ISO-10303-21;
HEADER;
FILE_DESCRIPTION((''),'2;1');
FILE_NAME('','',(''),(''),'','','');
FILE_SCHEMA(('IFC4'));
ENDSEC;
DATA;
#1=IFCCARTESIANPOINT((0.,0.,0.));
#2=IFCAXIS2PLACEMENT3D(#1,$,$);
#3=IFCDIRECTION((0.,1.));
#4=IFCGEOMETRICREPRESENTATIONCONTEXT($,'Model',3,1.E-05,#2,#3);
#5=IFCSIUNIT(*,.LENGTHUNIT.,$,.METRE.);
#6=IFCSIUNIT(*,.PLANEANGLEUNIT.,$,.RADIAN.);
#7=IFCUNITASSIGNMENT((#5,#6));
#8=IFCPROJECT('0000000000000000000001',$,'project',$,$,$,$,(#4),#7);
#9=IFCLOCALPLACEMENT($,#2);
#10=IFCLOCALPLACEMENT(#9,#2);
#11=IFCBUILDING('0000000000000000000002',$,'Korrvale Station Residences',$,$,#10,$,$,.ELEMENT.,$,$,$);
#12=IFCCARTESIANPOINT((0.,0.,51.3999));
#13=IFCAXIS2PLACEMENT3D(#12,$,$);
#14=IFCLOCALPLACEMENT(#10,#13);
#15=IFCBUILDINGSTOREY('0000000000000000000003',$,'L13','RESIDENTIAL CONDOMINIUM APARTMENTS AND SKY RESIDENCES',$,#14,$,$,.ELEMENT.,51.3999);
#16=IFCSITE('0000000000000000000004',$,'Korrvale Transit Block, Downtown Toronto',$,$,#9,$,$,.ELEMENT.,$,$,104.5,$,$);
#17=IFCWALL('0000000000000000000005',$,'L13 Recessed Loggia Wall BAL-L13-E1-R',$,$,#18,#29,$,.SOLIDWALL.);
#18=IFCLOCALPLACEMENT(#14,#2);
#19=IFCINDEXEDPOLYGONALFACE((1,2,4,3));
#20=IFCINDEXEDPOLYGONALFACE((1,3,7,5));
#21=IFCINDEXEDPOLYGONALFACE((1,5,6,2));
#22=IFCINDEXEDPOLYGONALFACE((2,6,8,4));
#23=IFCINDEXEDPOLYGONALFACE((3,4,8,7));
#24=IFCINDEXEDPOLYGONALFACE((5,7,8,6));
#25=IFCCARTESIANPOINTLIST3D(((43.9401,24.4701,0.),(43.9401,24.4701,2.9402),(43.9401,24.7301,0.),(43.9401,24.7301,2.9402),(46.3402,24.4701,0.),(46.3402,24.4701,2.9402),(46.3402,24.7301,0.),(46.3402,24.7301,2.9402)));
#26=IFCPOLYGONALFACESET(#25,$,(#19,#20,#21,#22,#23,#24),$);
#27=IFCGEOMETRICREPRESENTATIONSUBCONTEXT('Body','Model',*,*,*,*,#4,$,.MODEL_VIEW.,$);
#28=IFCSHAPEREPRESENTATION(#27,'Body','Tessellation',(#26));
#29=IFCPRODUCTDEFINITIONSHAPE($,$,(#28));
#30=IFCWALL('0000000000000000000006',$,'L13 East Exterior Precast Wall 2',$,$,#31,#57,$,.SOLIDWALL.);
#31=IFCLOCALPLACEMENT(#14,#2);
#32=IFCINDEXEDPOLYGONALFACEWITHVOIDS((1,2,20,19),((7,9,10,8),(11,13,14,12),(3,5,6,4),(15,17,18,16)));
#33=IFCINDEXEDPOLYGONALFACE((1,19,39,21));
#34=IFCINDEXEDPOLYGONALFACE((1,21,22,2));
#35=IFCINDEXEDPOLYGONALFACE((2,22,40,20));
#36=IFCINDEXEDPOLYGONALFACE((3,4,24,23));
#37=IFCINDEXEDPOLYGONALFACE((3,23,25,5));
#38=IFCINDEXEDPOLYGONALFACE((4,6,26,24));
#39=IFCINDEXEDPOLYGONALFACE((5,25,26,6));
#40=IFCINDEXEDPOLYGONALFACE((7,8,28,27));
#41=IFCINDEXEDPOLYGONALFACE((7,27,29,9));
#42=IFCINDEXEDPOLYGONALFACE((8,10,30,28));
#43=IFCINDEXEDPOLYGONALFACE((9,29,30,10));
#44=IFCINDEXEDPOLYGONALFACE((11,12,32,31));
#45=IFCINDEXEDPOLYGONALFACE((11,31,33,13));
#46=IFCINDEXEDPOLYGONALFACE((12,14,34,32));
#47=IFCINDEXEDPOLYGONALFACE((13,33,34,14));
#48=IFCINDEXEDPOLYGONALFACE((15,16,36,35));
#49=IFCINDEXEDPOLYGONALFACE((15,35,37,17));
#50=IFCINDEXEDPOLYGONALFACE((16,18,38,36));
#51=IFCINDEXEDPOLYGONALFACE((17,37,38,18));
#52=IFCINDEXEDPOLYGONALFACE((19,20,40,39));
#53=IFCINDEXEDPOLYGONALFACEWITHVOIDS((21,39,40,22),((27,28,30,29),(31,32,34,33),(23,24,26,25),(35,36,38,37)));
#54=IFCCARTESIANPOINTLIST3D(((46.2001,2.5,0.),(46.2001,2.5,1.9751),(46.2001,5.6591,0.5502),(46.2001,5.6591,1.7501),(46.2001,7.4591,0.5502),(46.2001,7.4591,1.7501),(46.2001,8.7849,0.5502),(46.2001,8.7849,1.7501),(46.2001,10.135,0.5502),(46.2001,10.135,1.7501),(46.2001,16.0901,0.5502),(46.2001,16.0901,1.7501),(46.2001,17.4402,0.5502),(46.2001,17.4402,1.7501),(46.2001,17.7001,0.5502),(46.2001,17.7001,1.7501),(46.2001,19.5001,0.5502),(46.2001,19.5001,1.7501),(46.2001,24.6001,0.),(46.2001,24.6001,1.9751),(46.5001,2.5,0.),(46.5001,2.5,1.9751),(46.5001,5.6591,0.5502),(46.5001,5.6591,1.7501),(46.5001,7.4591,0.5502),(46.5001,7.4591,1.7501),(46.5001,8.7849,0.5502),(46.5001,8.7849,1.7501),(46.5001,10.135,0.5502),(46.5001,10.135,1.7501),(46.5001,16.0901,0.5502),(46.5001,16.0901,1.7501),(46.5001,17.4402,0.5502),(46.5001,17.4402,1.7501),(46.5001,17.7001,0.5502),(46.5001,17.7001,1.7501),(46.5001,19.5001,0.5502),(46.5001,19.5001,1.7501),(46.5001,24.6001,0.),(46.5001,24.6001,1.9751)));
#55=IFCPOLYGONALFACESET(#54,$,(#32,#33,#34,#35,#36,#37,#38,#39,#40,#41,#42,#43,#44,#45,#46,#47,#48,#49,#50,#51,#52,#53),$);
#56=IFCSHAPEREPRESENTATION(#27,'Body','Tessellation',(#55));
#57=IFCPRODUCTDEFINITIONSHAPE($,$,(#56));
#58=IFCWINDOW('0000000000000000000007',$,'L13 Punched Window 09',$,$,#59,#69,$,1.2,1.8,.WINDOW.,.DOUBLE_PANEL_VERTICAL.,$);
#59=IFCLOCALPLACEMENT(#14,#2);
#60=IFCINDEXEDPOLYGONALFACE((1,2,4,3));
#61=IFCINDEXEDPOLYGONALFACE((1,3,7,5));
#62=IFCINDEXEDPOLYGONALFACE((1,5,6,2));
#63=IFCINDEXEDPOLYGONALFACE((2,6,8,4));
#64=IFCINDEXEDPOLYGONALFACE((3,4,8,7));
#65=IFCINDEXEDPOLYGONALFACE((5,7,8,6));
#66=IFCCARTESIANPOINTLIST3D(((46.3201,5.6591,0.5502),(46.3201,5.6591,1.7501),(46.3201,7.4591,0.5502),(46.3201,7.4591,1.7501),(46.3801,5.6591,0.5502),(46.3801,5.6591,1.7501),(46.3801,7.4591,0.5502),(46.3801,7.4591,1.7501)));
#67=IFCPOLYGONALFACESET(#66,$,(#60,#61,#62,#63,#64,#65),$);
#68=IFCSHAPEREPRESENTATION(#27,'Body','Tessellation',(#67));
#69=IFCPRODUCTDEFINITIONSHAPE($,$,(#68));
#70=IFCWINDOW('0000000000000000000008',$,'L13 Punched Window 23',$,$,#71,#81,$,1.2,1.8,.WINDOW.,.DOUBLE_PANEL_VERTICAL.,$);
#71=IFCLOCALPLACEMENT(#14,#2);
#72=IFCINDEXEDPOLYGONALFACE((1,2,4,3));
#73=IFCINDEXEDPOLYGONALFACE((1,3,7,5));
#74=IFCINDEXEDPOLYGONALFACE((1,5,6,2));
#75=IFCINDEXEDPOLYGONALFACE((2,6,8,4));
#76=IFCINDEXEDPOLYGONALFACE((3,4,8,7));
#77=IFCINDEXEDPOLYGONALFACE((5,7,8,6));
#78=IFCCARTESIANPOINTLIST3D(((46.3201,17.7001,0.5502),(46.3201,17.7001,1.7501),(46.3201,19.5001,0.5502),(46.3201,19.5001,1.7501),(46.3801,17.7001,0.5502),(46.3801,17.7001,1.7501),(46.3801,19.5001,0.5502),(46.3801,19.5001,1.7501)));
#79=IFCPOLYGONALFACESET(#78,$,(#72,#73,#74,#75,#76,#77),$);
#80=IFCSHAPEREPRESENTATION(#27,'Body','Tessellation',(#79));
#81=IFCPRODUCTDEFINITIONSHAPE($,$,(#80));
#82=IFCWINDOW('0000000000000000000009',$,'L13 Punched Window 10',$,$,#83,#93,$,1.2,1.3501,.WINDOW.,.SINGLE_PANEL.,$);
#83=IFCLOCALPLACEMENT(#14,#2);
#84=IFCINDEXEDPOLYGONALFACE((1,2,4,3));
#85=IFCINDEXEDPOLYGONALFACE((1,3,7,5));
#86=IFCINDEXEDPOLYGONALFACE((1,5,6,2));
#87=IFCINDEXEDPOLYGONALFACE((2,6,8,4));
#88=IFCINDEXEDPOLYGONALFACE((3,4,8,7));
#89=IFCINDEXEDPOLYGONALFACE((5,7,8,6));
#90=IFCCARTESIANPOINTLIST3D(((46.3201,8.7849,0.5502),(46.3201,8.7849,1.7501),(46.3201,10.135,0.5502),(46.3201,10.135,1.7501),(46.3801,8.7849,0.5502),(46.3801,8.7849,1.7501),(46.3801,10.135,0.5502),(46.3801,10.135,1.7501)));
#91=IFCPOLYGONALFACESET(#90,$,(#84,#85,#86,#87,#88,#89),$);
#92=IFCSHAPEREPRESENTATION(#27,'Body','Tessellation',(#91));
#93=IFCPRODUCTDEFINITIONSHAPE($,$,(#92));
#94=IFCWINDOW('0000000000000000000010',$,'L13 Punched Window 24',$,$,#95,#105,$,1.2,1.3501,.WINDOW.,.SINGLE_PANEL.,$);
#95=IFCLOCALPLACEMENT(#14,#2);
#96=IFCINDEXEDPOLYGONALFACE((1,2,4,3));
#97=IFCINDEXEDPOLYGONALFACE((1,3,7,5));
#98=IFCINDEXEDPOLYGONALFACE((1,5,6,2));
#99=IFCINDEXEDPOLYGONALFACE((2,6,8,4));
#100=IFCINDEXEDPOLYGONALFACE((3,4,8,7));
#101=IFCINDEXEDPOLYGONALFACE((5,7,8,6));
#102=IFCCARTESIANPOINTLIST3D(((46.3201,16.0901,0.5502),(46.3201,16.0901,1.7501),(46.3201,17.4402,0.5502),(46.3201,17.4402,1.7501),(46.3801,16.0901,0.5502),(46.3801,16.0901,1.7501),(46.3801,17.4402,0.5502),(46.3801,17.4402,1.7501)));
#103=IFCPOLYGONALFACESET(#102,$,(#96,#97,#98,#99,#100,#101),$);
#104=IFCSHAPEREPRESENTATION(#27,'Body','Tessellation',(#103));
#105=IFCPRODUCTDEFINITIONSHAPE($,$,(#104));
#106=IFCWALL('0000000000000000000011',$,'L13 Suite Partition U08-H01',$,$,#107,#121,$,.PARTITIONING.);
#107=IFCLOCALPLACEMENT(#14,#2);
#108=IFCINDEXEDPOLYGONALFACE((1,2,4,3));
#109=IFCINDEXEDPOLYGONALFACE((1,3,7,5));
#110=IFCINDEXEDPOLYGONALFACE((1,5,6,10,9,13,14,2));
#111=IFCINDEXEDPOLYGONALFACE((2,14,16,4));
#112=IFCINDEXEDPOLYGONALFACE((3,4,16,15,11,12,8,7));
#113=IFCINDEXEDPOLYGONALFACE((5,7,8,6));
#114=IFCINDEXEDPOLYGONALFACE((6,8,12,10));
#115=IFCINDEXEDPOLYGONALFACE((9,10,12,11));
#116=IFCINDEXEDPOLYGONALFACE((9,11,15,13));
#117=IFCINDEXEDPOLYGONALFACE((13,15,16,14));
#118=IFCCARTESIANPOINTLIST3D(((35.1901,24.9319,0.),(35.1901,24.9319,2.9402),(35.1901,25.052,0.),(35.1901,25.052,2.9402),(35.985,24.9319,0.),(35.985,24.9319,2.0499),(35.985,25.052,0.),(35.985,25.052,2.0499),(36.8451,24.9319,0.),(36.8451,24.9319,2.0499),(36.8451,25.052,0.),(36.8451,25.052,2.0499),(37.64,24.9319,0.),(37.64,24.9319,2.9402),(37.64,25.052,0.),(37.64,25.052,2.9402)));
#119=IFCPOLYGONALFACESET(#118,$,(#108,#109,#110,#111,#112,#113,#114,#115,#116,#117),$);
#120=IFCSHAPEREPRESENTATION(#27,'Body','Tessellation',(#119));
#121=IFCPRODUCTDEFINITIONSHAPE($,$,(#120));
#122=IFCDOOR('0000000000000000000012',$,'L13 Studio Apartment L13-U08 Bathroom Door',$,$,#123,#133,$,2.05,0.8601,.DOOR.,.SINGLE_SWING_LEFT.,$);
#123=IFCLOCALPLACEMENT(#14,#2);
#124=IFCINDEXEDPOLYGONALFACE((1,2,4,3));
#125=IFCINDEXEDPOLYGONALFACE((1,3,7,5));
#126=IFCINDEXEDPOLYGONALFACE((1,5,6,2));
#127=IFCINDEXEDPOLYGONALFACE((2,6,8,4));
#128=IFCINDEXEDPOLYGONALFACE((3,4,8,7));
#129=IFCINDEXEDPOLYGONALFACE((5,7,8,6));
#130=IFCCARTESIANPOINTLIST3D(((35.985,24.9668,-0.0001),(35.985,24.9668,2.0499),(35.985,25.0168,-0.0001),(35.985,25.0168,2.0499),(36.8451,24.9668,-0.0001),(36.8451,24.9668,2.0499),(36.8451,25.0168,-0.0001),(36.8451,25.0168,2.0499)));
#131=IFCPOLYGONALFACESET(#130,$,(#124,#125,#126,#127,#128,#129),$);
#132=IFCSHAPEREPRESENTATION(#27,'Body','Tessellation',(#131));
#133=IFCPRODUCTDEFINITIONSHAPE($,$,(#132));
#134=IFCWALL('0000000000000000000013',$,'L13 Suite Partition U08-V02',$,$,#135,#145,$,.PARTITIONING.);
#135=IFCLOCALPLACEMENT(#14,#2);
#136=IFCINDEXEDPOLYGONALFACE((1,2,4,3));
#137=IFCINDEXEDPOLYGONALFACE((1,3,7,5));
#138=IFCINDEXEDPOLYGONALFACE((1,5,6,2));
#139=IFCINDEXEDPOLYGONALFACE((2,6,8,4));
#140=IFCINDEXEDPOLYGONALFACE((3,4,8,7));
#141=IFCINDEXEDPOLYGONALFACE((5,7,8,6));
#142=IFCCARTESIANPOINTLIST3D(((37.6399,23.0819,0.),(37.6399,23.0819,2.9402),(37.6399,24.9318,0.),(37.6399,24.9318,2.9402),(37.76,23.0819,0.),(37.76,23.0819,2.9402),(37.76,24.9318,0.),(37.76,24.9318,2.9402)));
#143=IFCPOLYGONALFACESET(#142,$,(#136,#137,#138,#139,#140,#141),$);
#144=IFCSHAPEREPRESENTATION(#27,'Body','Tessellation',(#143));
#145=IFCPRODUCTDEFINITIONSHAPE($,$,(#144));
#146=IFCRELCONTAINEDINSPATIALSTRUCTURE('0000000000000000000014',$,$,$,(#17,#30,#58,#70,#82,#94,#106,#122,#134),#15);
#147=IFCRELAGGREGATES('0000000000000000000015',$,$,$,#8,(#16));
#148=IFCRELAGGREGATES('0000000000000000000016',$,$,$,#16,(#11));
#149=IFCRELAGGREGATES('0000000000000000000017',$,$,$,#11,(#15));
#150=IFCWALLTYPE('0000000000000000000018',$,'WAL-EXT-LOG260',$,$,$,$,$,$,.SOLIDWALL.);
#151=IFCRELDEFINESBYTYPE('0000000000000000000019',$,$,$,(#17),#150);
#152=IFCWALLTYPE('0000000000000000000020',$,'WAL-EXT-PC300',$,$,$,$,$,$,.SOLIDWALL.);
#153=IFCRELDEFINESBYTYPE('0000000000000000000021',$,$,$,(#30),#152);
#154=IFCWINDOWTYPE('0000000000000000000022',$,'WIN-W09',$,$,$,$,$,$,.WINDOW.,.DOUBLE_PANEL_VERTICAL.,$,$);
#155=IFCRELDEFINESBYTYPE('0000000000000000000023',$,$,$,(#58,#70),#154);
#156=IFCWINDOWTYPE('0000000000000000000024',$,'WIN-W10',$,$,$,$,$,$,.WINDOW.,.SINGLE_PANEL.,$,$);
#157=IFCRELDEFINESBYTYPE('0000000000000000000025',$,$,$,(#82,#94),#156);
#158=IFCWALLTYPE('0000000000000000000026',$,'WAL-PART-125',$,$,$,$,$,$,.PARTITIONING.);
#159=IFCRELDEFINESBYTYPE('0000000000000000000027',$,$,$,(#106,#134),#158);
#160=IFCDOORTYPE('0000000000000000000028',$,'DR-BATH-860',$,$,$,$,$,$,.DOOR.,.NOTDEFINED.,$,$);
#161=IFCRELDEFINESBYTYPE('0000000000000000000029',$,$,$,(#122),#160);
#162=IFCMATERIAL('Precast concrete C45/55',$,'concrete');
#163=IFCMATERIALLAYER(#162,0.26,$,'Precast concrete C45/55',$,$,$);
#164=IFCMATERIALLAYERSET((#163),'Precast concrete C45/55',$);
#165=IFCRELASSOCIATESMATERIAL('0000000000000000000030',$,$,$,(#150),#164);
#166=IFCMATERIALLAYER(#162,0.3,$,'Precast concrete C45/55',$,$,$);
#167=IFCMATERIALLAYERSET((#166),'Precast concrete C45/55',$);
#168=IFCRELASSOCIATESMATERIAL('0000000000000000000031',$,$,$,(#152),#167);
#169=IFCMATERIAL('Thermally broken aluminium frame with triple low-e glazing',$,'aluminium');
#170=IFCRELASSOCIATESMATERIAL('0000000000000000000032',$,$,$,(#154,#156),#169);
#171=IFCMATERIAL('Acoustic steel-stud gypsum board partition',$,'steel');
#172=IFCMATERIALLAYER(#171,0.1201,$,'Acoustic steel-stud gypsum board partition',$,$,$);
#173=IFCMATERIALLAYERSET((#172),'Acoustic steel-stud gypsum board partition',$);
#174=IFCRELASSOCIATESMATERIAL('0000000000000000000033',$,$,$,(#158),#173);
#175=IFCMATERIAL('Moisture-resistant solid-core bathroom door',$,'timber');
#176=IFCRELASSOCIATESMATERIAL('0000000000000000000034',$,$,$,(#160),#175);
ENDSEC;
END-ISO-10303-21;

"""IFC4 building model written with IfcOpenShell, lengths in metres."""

from ifc_helpers import new_model, si_unit, direction, frame, frame_2d, origin, place, context, subcontext, project, spatial, rectangle, extrude, material, layer, layer_set, type_object, element, fill, save


model = new_model("IFC4")

# Units and contexts
model_context = context("Model", 3, precision=1e-05, world=origin(), true_north=direction((0.0, 1.0)))
body_context = subcontext(model_context, "Body", "Model", "MODEL_VIEW")
ifc_project = project(units=[si_unit("LENGTHUNIT", "METRE"), si_unit("PLANEANGLEUNIT", "RADIAN")], contexts=[model_context])

# Site, building, storey
site_placement = place(None, origin())
site = spatial("IfcSite", under=ifc_project, at=site_placement, Name="Korrvale Transit Block, Downtown Toronto", CompositionType="ELEMENT", RefElevation=104.5)
building_placement = place(site_placement, origin())
building = spatial("IfcBuilding", under=site, at=building_placement, Name="Korrvale Station Residences", CompositionType="ELEMENT")
storey_placement = place(building_placement, frame((0.0, 0.0, 51.3999)))
storey = spatial("IfcBuildingStorey", under=building, at=storey_placement, Name="L13", Description="RESIDENTIAL CONDOMINIUM APARTMENTS AND SKY RESIDENCES", CompositionType="ELEMENT", Elevation=51.3999)

# Shared definitions
ifc_material_1 = material(Name="Precast concrete C45/55", Category="concrete")
ifc_layer_1 = layer(ifc_material_1, 0.26, Name="Precast concrete C45/55")
ifc_layer_set_1 = layer_set([ifc_layer_1], Name="Precast concrete C45/55")
wall_type_1 = type_object("IfcWallType", Name="WAL-EXT-LOG260", PredefinedType="SOLIDWALL", material=ifc_layer_set_1)

# Shared definitions
ifc_material_2 = material(Name="Thermally broken aluminium frame with triple low-e glazing", Category="aluminium")

# Wall
wall_1_placement = place(storey_placement, frame((43.9399, 24.6001, 0.0), z_axis=(0.0, 0.0, 1.0), x_axis=(1.0, 0.0, 0.0)))
element("IfcWall", 1, at=wall_1_placement, inside=storey, type_object=wall_type_1, Name="L13 Recessed Loggia Wall BAL-L13-E1-R", PredefinedType="SOLIDWALL", context=body_context, shape_type="SweptSolid", body=[
    extrude(rectangle(XDim=2.4001, YDim=0.26, at=frame_2d((1.2002, 0.0))), origin(), (0.0, 0.0, 1.0), 2.9402),
])

# Wall, openings, windows
ifc_layer_2 = layer(ifc_material_1, 0.3, Name="Precast concrete C45/55")
ifc_layer_set_2 = layer_set([ifc_layer_2], Name="Precast concrete C45/55")
wall_type_2 = type_object("IfcWallType", Name="WAL-EXT-PC300", PredefinedType="SOLIDWALL", material=ifc_layer_set_2)
wall_2_placement = place(storey_placement, frame((46.3501, 24.6001, 0.0), z_axis=(0.0, 0.0, 1.0), x_axis=(0.0, -1.0, 0.0)))
wall_2 = element("IfcWall", 2, at=wall_2_placement, inside=storey, type_object=wall_type_2, Name="L13 East Exterior Precast Wall 2", PredefinedType="SOLIDWALL", context=body_context, shape_type="SweptSolid", body=[
    extrude(rectangle(XDim=22.1001, YDim=0.3, at=frame_2d((11.05, 0.0))), origin(), (0.0, 0.0, 1.0), 1.9751),
])
opening_1_placement = place(wall_2_placement, frame((17.1411, 0.0, 0.55)))
opening_1 = element("IfcOpeningElement", 3, at=opening_1_placement, cuts=wall_2, PredefinedType="OPENING", context=body_context, shape_type="SweptSolid", body=[
    extrude(rectangle(XDim=1.8, YDim=1.2, at=frame_2d((0.8999, 0.6001))), frame((0.0, 0.1602, 0.0), z_axis=(0.0, -1.0, 0.0), x_axis=(1.0, 0.0, 0.0)), (0.0, 0.0, 1.0), 0.3201),
])
opening_2_placement = place(wall_2_placement, frame((14.4651, 0.0, 0.55)))
opening_2 = element("IfcOpeningElement", 4, at=opening_2_placement, cuts=wall_2, PredefinedType="OPENING", context=body_context, shape_type="SweptSolid", body=[
    extrude(rectangle(XDim=1.3501, YDim=1.2, at=frame_2d((0.675, 0.6001))), frame((0.0, 0.1602, 0.0), z_axis=(0.0, -1.0, 0.0), x_axis=(1.0, 0.0, 0.0)), (0.0, 0.0, 1.0), 0.3201),
])
opening_3_placement = place(wall_2_placement, frame((5.1001, 0.0, 0.55)))
opening_3 = element("IfcOpeningElement", 5, at=opening_3_placement, cuts=wall_2, PredefinedType="OPENING", context=body_context, shape_type="SweptSolid", body=[
    extrude(rectangle(XDim=1.8, YDim=1.2, at=frame_2d((0.8999, 0.6001))), frame((0.0, 0.1602, 0.0), z_axis=(0.0, -1.0, 0.0), x_axis=(1.0, 0.0, 0.0)), (0.0, 0.0, 1.0), 0.3201),
])
opening_4_placement = place(wall_2_placement, frame((7.1599, 0.0, 0.55)))
opening_4 = element("IfcOpeningElement", 6, at=opening_4_placement, cuts=wall_2, PredefinedType="OPENING", context=body_context, shape_type="SweptSolid", body=[
    extrude(rectangle(XDim=1.3501, YDim=1.2, at=frame_2d((0.675, 0.6001))), frame((0.0, 0.1602, 0.0), z_axis=(0.0, -1.0, 0.0), x_axis=(1.0, 0.0, 0.0)), (0.0, 0.0, 1.0), 0.3201),
])
window_type_1 = type_object("IfcWindowType", Name="WIN-W09", PartitioningType="DOUBLE_PANEL_VERTICAL", PredefinedType="WINDOW", material=ifc_material_2)
window_1_placement = place(opening_1_placement, origin())
window_1 = element("IfcWindow", 7, at=window_1_placement, inside=storey, type_object=window_type_1, Name="L13 Punched Window 09", OverallHeight=1.2, OverallWidth=1.8, PartitioningType="DOUBLE_PANEL_VERTICAL", PredefinedType="WINDOW", context=body_context, shape_type="SweptSolid", body=[
    extrude(rectangle(XDim=1.8, YDim=1.2, at=frame_2d((0.8999, 0.6001))), frame((0.0, 0.03, 0.0), z_axis=(0.0, -1.0, 0.0), x_axis=(1.0, 0.0, 0.0)), (0.0, 0.0, 1.0), 0.0601),
])
fill(opening_1, window_1)
window_2_placement = place(opening_3_placement, origin())
window_2 = element("IfcWindow", 8, at=window_2_placement, inside=storey, type_object=window_type_1, Name="L13 Punched Window 23", OverallHeight=1.2, OverallWidth=1.8, PartitioningType="DOUBLE_PANEL_VERTICAL", PredefinedType="WINDOW", context=body_context, shape_type="SweptSolid", body=[
    extrude(rectangle(XDim=1.8, YDim=1.2, at=frame_2d((0.8999, 0.6001))), frame((0.0, 0.03, 0.0), z_axis=(0.0, -1.0, 0.0), x_axis=(1.0, 0.0, 0.0)), (0.0, 0.0, 1.0), 0.0601),
])
fill(opening_3, window_2)
window_type_2 = type_object("IfcWindowType", Name="WIN-W10", PartitioningType="SINGLE_PANEL", PredefinedType="WINDOW", material=ifc_material_2)
window_3_placement = place(opening_2_placement, origin())
window_3 = element("IfcWindow", 9, at=window_3_placement, inside=storey, type_object=window_type_2, Name="L13 Punched Window 10", OverallHeight=1.2, OverallWidth=1.3501, PartitioningType="SINGLE_PANEL", PredefinedType="WINDOW", context=body_context, shape_type="SweptSolid", body=[
    extrude(rectangle(XDim=1.3501, YDim=1.2, at=frame_2d((0.675, 0.6001))), frame((0.0, 0.03, 0.0), z_axis=(0.0, -1.0, 0.0), x_axis=(1.0, 0.0, 0.0)), (0.0, 0.0, 1.0), 0.0601),
])
fill(opening_2, window_3)
window_4_placement = place(opening_4_placement, origin())
window_4 = element("IfcWindow", 10, at=window_4_placement, inside=storey, type_object=window_type_2, Name="L13 Punched Window 24", OverallHeight=1.2, OverallWidth=1.3501, PartitioningType="SINGLE_PANEL", PredefinedType="WINDOW", context=body_context, shape_type="SweptSolid", body=[
    extrude(rectangle(XDim=1.3501, YDim=1.2, at=frame_2d((0.675, 0.6001))), frame((0.0, 0.03, 0.0), z_axis=(0.0, -1.0, 0.0), x_axis=(1.0, 0.0, 0.0)), (0.0, 0.0, 1.0), 0.0601),
])
fill(opening_4, window_4)

# Wall, opening, door
ifc_material_3 = material(Name="Acoustic steel-stud gypsum board partition", Category="steel")
ifc_layer_3 = layer(ifc_material_3, 0.1201, Name="Acoustic steel-stud gypsum board partition")
ifc_layer_set_3 = layer_set([ifc_layer_3], Name="Acoustic steel-stud gypsum board partition")
wall_type_3 = type_object("IfcWallType", Name="WAL-PART-125", PredefinedType="PARTITIONING", material=ifc_layer_set_3)
wall_3_placement = place(storey_placement, frame((35.1899, 24.9919, 0.0), z_axis=(0.0, 0.0, 1.0), x_axis=(1.0, 0.0, 0.0)))
wall_3 = element("IfcWall", 11, at=wall_3_placement, inside=storey, type_object=wall_type_3, Name="L13 Suite Partition U08-H01", PredefinedType="PARTITIONING", context=body_context, shape_type="SweptSolid", body=[
    extrude(rectangle(XDim=2.45, YDim=0.1201, at=frame_2d((1.2251, 0.0))), origin(), (0.0, 0.0, 1.0), 2.9402),
])
opening_5_placement = place(wall_3_placement, frame((0.7949, 0.0, 0.0)))
opening_5 = element("IfcOpeningElement", 12, at=opening_5_placement, cuts=wall_3, PredefinedType="OPENING", context=body_context, shape_type="SweptSolid", body=[
    extrude(rectangle(XDim=0.8601, YDim=2.05, at=frame_2d((0.4302, 1.0249))), frame((0.0, 0.0701, 0.0), z_axis=(0.0, -1.0, 0.0), x_axis=(1.0, 0.0, 0.0)), (0.0, 0.0, 1.0), 0.1401),
])
ifc_material_4 = material(Name="Moisture-resistant solid-core bathroom door", Category="timber")
door_type_1 = type_object("IfcDoorType", Name="DR-BATH-860", OperationType="NOTDEFINED", PredefinedType="DOOR", material=ifc_material_4)
door_1_placement = place(opening_5_placement, origin())
door_1 = element("IfcDoor", 13, at=door_1_placement, inside=storey, type_object=door_type_1, Name="L13 Studio Apartment L13-U08 Bathroom Door", OperationType="SINGLE_SWING_LEFT", OverallHeight=2.05, OverallWidth=0.8601, PredefinedType="DOOR", context=body_context, shape_type="SweptSolid", body=[
    extrude(rectangle(XDim=0.8601, YDim=2.05, at=frame_2d((0.4302, 1.0249))), frame((0.0, 0.0249, 0.0), z_axis=(0.0, -1.0, 0.0), x_axis=(1.0, 0.0, 0.0)), (0.0, 0.0, 1.0), 0.05),
])
fill(opening_5, door_1)

# Wall
wall_4_placement = place(storey_placement, frame((37.7, 23.082, 0.0), z_axis=(0.0, 0.0, 1.0), x_axis=(0.0, 1.0, 0.0)))
element("IfcWall", 14, at=wall_4_placement, inside=storey, type_object=wall_type_3, Name="L13 Suite Partition U08-V02", PredefinedType="PARTITIONING", context=body_context, shape_type="SweptSolid", body=[
    extrude(rectangle(XDim=1.8499, YDim=0.1201, at=frame_2d((0.9248, 0.0))), origin(), (0.0, 0.0, 1.0), 2.9402),
])

save(model, "model.ifc")
